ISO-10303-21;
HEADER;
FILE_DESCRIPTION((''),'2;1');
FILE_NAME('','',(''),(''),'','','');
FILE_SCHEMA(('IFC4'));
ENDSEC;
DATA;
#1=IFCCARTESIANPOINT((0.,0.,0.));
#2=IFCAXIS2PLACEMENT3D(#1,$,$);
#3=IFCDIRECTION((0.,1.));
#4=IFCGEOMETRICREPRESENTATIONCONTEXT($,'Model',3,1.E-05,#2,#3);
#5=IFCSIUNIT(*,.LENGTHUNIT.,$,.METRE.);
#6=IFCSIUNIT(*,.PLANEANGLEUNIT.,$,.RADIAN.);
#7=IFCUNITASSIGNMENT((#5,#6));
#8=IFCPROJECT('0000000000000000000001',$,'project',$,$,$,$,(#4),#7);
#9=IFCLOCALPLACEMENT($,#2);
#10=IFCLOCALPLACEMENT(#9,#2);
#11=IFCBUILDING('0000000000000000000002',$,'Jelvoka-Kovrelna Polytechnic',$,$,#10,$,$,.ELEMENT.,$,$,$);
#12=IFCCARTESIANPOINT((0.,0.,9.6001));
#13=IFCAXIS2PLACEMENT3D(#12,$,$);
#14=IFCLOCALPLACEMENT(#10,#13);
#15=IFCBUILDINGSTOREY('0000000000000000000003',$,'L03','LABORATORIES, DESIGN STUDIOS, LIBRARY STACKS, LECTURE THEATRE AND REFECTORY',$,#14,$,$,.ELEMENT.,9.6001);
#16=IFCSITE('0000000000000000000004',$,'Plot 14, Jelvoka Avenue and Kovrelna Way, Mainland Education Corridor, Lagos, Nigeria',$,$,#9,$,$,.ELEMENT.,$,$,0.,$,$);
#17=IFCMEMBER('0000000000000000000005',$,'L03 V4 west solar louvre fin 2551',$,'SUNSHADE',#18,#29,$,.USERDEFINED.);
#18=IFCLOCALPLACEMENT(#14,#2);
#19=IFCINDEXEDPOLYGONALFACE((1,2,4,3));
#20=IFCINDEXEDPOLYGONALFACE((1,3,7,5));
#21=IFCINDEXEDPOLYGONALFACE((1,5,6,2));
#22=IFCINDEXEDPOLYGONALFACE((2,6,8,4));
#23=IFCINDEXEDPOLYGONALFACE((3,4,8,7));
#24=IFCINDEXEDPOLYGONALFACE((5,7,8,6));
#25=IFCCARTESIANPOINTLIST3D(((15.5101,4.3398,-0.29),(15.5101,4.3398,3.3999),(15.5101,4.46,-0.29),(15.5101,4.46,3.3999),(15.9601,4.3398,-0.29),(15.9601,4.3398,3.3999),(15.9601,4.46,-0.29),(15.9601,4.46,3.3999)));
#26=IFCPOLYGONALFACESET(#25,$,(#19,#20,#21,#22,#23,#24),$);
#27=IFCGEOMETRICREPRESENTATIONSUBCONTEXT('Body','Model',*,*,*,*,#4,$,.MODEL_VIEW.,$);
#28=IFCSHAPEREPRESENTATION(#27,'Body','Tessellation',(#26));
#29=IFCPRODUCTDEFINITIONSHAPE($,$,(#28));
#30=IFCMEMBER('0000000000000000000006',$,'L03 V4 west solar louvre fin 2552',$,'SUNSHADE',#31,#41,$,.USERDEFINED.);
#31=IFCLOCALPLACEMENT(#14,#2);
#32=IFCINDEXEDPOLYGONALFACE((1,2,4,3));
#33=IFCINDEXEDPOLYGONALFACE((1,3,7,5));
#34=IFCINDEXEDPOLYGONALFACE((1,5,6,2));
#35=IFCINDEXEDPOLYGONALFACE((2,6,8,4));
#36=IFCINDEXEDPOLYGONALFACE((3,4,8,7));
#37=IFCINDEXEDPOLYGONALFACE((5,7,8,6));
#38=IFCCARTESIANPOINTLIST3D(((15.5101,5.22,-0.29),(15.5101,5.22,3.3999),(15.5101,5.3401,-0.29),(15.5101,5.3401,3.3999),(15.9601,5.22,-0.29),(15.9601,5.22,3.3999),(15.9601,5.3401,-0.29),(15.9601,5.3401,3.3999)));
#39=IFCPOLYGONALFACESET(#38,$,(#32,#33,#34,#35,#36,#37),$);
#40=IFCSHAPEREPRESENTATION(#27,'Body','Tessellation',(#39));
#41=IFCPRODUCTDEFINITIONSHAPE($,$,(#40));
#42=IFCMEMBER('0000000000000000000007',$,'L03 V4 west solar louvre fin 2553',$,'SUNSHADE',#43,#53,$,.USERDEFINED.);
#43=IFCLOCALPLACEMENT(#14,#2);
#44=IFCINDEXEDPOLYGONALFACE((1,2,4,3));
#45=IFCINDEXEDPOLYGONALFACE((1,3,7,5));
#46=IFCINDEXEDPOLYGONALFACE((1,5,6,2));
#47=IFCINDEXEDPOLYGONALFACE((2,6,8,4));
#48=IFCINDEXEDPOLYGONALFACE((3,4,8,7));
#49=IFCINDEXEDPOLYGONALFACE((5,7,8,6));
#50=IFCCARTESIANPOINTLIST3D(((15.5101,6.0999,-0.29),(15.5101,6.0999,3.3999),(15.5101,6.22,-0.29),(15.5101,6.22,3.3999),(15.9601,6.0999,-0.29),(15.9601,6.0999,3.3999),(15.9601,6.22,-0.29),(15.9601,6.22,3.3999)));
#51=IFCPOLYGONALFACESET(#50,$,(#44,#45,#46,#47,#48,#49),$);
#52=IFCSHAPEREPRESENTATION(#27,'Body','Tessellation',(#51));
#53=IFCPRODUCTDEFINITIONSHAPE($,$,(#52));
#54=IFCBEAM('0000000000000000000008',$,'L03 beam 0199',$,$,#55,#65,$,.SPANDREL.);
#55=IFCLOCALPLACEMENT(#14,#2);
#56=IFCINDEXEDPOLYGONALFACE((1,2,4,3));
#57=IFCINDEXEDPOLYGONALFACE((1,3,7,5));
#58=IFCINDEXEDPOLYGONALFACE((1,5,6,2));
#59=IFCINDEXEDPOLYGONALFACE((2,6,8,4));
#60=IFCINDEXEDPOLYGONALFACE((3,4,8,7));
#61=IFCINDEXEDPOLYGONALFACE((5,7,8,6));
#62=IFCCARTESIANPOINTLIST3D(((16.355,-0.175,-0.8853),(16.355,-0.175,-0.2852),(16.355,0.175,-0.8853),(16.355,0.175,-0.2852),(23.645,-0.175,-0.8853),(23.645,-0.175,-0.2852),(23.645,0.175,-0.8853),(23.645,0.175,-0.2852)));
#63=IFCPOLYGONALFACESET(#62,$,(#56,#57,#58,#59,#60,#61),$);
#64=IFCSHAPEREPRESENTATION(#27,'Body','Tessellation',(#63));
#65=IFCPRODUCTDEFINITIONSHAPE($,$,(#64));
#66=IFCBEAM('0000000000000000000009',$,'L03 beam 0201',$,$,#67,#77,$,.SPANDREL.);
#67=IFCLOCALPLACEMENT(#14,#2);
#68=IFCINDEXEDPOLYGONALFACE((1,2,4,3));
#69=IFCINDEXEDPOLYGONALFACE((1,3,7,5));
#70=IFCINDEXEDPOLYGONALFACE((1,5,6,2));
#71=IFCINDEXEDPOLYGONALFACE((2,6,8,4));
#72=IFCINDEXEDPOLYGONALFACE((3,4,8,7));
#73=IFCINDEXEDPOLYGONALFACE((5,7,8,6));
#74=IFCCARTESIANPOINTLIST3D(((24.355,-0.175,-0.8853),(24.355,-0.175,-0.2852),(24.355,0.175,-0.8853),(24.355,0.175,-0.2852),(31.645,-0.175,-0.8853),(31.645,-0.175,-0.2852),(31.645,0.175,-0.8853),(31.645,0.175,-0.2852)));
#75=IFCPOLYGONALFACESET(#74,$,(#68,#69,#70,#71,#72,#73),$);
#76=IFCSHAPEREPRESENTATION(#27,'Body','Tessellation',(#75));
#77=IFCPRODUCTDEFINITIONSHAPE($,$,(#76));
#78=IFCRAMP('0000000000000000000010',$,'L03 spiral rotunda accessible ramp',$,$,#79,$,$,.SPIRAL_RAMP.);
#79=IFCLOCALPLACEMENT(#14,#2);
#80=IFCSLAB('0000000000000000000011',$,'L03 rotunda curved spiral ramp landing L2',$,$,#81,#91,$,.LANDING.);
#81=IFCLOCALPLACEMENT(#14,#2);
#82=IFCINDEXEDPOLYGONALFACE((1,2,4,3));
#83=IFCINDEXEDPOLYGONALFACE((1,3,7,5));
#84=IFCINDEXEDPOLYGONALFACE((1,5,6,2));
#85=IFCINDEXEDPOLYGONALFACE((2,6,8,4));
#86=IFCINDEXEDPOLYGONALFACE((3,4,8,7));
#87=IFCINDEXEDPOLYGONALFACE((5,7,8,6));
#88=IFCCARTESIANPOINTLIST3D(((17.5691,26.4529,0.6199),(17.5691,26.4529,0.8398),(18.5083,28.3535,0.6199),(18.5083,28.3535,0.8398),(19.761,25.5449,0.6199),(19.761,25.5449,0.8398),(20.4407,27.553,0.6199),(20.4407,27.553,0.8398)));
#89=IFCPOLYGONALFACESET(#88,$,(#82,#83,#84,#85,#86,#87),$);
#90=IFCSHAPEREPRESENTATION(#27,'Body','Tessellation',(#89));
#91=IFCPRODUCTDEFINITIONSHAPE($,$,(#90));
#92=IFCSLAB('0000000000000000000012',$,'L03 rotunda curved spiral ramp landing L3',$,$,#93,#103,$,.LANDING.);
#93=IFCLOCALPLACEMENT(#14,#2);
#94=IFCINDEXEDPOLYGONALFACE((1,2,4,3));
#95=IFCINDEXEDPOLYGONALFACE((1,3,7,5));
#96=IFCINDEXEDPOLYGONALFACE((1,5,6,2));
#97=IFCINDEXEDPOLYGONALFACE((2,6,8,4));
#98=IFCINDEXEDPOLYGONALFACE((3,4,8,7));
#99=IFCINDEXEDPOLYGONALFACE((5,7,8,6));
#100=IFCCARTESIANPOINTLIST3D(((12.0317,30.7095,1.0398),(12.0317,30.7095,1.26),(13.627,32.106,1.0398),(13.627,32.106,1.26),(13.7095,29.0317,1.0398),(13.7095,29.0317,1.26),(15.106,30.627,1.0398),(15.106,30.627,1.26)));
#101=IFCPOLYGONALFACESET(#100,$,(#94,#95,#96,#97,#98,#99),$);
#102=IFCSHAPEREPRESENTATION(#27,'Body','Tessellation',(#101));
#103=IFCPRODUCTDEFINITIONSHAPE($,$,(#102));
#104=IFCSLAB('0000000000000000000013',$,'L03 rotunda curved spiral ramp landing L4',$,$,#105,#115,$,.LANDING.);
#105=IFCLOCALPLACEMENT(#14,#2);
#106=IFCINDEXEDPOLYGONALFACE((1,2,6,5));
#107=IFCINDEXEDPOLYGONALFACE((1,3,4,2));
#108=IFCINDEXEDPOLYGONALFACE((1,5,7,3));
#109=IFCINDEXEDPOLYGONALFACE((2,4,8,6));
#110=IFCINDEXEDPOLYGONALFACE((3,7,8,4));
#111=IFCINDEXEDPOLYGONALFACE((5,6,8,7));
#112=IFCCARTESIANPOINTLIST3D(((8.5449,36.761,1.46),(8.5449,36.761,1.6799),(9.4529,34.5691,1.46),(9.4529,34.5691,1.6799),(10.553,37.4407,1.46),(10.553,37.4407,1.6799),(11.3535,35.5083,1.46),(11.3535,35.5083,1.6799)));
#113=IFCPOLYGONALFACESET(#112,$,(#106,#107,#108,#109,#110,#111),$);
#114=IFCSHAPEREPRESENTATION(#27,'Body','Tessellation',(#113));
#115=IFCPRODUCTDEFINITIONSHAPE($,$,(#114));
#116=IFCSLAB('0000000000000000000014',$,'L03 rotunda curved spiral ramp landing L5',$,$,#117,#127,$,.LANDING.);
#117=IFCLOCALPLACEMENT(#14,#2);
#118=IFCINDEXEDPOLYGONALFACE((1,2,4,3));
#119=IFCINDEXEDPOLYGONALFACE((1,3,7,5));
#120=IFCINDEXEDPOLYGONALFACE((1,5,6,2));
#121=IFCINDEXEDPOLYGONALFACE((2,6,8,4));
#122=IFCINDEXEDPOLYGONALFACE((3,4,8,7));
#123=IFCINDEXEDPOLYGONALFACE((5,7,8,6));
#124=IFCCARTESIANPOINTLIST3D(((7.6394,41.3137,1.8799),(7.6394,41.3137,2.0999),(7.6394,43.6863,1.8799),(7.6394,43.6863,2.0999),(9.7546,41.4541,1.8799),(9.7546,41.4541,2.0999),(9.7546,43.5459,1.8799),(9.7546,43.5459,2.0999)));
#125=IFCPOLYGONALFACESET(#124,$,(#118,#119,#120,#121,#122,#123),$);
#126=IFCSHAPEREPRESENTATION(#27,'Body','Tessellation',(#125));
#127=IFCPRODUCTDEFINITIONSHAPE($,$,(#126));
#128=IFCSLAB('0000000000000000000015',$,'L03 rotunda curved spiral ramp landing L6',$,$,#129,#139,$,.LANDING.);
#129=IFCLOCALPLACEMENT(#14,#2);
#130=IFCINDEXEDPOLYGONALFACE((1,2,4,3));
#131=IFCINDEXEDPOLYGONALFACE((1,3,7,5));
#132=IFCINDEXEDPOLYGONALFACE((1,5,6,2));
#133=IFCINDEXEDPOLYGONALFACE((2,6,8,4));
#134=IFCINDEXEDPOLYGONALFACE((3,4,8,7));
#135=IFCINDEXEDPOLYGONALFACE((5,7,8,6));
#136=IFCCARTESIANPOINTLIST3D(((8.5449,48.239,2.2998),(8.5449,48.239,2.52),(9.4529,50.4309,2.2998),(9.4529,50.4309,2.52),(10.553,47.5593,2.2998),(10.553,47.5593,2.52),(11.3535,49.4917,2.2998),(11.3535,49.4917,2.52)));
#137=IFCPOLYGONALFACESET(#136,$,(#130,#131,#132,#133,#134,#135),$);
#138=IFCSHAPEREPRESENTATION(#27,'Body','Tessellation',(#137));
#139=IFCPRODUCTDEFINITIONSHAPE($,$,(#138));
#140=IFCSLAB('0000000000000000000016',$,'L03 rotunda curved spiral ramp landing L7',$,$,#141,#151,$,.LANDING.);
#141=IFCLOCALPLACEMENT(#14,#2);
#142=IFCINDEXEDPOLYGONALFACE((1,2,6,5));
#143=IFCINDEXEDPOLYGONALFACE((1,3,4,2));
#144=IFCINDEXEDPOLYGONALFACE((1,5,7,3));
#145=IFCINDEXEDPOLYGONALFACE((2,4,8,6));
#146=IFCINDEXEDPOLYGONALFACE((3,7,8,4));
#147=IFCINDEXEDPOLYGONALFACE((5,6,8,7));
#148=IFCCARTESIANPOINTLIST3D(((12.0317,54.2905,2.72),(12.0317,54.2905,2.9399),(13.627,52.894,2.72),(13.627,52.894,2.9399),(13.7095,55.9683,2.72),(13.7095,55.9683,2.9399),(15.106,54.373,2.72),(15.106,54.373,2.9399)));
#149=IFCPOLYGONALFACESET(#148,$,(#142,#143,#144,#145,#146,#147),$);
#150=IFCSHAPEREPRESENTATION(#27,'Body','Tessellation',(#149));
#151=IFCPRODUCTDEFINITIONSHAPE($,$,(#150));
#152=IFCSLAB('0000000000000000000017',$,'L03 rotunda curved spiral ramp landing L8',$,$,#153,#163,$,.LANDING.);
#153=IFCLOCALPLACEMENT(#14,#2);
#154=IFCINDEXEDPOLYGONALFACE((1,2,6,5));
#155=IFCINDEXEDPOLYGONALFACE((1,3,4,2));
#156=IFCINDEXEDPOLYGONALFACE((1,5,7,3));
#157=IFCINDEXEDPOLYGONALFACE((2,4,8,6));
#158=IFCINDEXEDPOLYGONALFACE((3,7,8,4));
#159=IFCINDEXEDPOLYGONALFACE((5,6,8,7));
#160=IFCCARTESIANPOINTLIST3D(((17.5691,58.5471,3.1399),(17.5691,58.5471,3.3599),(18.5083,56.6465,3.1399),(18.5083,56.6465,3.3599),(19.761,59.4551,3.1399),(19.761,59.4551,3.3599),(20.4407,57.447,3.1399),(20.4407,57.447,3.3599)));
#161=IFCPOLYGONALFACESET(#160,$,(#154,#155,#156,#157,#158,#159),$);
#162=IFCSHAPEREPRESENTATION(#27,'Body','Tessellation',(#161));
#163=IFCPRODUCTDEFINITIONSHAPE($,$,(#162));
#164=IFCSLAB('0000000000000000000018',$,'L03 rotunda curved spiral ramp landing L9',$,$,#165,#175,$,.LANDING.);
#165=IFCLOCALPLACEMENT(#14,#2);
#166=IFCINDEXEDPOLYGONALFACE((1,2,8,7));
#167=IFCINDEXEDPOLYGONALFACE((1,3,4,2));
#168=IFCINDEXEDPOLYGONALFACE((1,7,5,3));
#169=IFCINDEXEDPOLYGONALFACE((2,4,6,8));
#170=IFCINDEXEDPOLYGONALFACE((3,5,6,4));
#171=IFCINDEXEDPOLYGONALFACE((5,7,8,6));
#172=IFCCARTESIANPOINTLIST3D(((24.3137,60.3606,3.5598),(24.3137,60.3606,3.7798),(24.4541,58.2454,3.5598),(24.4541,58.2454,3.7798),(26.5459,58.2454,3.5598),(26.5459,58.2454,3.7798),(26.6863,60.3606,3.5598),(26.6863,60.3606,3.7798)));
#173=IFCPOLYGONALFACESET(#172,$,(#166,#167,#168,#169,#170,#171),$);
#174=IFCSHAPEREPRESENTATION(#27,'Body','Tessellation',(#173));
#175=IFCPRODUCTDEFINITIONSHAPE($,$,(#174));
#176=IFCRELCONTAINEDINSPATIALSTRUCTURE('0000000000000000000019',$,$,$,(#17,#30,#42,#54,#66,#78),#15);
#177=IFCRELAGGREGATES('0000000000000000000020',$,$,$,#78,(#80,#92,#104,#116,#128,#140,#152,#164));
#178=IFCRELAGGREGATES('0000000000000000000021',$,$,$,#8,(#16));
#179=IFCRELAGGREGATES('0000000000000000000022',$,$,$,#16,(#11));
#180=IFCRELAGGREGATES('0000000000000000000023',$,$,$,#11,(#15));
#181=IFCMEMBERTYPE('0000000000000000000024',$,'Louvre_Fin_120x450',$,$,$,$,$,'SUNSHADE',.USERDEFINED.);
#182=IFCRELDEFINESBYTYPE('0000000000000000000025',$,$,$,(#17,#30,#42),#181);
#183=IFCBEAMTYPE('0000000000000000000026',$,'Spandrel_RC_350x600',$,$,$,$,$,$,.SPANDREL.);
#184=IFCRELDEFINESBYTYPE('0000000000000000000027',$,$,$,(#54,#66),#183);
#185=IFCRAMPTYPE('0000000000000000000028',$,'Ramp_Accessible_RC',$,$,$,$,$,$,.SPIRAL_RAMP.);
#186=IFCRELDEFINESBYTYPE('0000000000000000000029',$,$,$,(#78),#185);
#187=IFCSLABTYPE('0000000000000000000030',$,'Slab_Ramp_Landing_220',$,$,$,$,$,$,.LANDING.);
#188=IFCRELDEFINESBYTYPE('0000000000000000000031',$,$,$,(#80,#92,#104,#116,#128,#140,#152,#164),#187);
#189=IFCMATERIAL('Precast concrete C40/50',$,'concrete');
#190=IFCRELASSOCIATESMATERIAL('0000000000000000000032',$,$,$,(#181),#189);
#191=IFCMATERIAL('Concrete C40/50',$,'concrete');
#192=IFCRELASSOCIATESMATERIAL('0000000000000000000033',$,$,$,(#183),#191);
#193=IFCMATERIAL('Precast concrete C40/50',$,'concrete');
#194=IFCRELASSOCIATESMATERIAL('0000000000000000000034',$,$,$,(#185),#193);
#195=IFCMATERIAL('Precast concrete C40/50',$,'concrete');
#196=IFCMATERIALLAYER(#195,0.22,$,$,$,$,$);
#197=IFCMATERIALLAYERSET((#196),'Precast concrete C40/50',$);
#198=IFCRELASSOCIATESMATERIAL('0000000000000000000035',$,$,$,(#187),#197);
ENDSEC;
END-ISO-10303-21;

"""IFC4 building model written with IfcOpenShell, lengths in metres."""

from ifc_helpers import new_model, si_unit, direction, frame, origin, origin_2d, place, context, subcontext, project, spatial, polyline, rectangle, outline, extrude, material, layer, layer_set, material_profile, profile_set, type_object, element, aggregate, save


model = new_model("IFC4")

# Units and contexts
model_context = context("Model", 3, precision=1e-05, world=origin(), true_north=direction((0.0, 1.0)))
body_context = subcontext(model_context, "Body", "Model", "MODEL_VIEW")
ifc_project = project(units=[si_unit("LENGTHUNIT", "METRE"), si_unit("PLANEANGLEUNIT", "RADIAN")], contexts=[model_context])

# Site, building, storey
site_placement = place(None, origin())
site = spatial("IfcSite", under=ifc_project, at=site_placement, Name="Plot 14, Jelvoka Avenue and Kovrelna Way, Mainland Education Corridor, Lagos, Nigeria", CompositionType="ELEMENT", RefElevation=0.0)
building_placement = place(site_placement, origin())
building = spatial("IfcBuilding", under=site, at=building_placement, Name="Jelvoka-Kovrelna Polytechnic", CompositionType="ELEMENT")
storey_placement = place(building_placement, frame((0.0, 0.0, 9.6001)))
storey = spatial("IfcBuildingStorey", under=building, at=storey_placement, Name="L03", Description="LABORATORIES, DESIGN STUDIOS, LIBRARY STACKS, LECTURE THEATRE AND REFECTORY", CompositionType="ELEMENT", Elevation=9.6001)

# Members
ifc_material_1 = material(Name="Precast concrete C40/50", Category="concrete")
ifc_material_profile_1 = material_profile(ifc_material_1, rectangle(XDim=0.1201, YDim=0.45, at=origin_2d()), Name="PC 120x450")
ifc_profile_set_1 = profile_set([ifc_material_profile_1], Name="Precast concrete C40/50")
member_type = type_object("IfcMemberType", Name="Louvre_Fin_120x450", ElementType="SUNSHADE", PredefinedType="USERDEFINED", material=ifc_profile_set_1)
for number, where, z_axis, x_axis, name in (
    (1, (15.7351, 4.3999, -0.29), (0.0, 0.0, 1.0), (0.0, 1.0, 0.0), "L03 V4 west solar louvre fin 2551"),
    (2, (15.7351, 5.28, -0.29), (0.0, 0.0, 1.0), (0.0, 1.0, 0.0), "L03 V4 west solar louvre fin 2552"),
    (3, (15.7351, 6.1599, -0.29), (0.0, 0.0, 1.0), (0.0, 1.0, 0.0), "L03 V4 west solar louvre fin 2553"),
):
    element("IfcMember", number, at=place(storey_placement, frame(where, z_axis=z_axis, x_axis=x_axis)), inside=storey, type_object=member_type, Name=name, ObjectType="SUNSHADE", PredefinedType="USERDEFINED", context=body_context, shape_type="SweptSolid", body=[
        extrude(rectangle(XDim=0.1201, YDim=0.45, at=origin_2d()), origin(), (0.0, 0.0, 1.0), 3.6899),
    ])

# Beams
ifc_material_2 = material(Name="Concrete C40/50", Category="concrete")
ifc_material_profile_2 = material_profile(ifc_material_2, rectangle(XDim=0.3501, YDim=0.6001, at=origin_2d()), Name="RC 350x600")
ifc_profile_set_2 = profile_set([ifc_material_profile_2], Name="Concrete C40/50")
beam_type_1 = type_object("IfcBeamType", Name="Spandrel_RC_350x600", PredefinedType="SPANDREL", material=ifc_profile_set_2)
for number, where, z_axis, x_axis, name in (
    (4, (16.355, 0.0, -0.5852), (1.0, 0.0, 0.0), (0.0, 1.0, 0.0), "L03 beam 0199"),
    (5, (24.355, 0.0, -0.5852), (1.0, 0.0, 0.0), (0.0, 1.0, 0.0), "L03 beam 0201"),
):
    element("IfcBeam", number, at=place(storey_placement, frame(where, z_axis=z_axis, x_axis=x_axis)), inside=storey, type_object=beam_type_1, Name=name, PredefinedType="SPANDREL", context=body_context, shape_type="SweptSolid", body=[
        extrude(rectangle(XDim=0.3501, YDim=0.6001, at=origin_2d()), origin(), (0.0, 0.0, 1.0), 7.29),
    ])

# Ramp, slabs
ifc_material_3 = material(Name="Precast concrete C40/50", Category="concrete")
ramp_type = type_object("IfcRampType", Name="Ramp_Accessible_RC", PredefinedType="SPIRAL_RAMP", material=ifc_material_3)
ramp_placement = place(storey_placement, origin())
ramp = element("IfcRamp", 6, at=ramp_placement, inside=storey, type_object=ramp_type, Name="L03 spiral rotunda accessible ramp", PredefinedType="SPIRAL_RAMP")
ifc_material_4 = material(Name="Precast concrete C40/50", Category="concrete")
ifc_layer_1 = layer(ifc_material_4, 0.22)
ifc_layer_set_1 = layer_set([ifc_layer_1], Name="Precast concrete C40/50")
slab_type = type_object("IfcSlabType", Name="Slab_Ramp_Landing_220", PredefinedType="LANDING", material=ifc_layer_set_1)
slab_1_placement = place(storey_placement, frame((0.0, 0.0, 0.6199)))
slab_1 = element("IfcSlab", 7, at=slab_1_placement, type_object=slab_type, Name="L03 rotunda curved spiral ramp landing L2", PredefinedType="LANDING", context=body_context, shape_type="SweptSolid", body=[
    extrude(outline(polyline([(18.5083, 28.3535), (17.5691, 26.4529), (19.761, 25.5449), (20.4407, 27.553), (18.5083, 28.3535)])), origin(), (0.0, 0.0, 1.0), 0.22),
])
slab_2_placement = place(storey_placement, frame((0.0, 0.0, 1.0398)))
slab_2 = element("IfcSlab", 8, at=slab_2_placement, type_object=slab_type, Name="L03 rotunda curved spiral ramp landing L3", PredefinedType="LANDING", context=body_context, shape_type="SweptSolid", body=[
    extrude(outline(polyline([(13.627, 32.106), (12.0317, 30.7095), (13.7095, 29.0317), (15.106, 30.627), (13.627, 32.106)])), origin(), (0.0, 0.0, 1.0), 0.2202),
])
slab_3_placement = place(storey_placement, frame((0.0, 0.0, 1.46)))
slab_3 = element("IfcSlab", 9, at=slab_3_placement, type_object=slab_type, Name="L03 rotunda curved spiral ramp landing L4", PredefinedType="LANDING", context=body_context, shape_type="SweptSolid", body=[
    extrude(outline(polyline([(10.553, 37.4407), (8.5449, 36.761), (9.4529, 34.5691), (11.3535, 35.5083), (10.553, 37.4407)])), origin(), (0.0, 0.0, 1.0), 0.22),
])
slab_4_placement = place(storey_placement, frame((0.0, 0.0, 1.8799)))
slab_4 = element("IfcSlab", 10, at=slab_4_placement, type_object=slab_type, Name="L03 rotunda curved spiral ramp landing L5", PredefinedType="LANDING", context=body_context, shape_type="SweptSolid", body=[
    extrude(outline(polyline([(9.7546, 43.5459), (7.6394, 43.6863), (7.6394, 41.3137), (9.7546, 41.4541), (9.7546, 43.5459)])), origin(), (0.0, 0.0, 1.0), 0.22),
])
slab_5_placement = place(storey_placement, frame((0.0, 0.0, 2.2998)))
slab_5 = element("IfcSlab", 11, at=slab_5_placement, type_object=slab_type, Name="L03 rotunda curved spiral ramp landing L6", PredefinedType="LANDING", context=body_context, shape_type="SweptSolid", body=[
    extrude(outline(polyline([(11.3535, 49.4917), (9.4529, 50.4309), (8.5449, 48.239), (10.553, 47.5593), (11.3535, 49.4917)])), origin(), (0.0, 0.0, 1.0), 0.2202),
])
slab_6_placement = place(storey_placement, frame((0.0, 0.0, 2.72)))
slab_6 = element("IfcSlab", 12, at=slab_6_placement, type_object=slab_type, Name="L03 rotunda curved spiral ramp landing L7", PredefinedType="LANDING", context=body_context, shape_type="SweptSolid", body=[
    extrude(outline(polyline([(15.106, 54.373), (13.7095, 55.9683), (12.0317, 54.2905), (13.627, 52.894), (15.106, 54.373)])), origin(), (0.0, 0.0, 1.0), 0.22),
])
slab_7_placement = place(storey_placement, frame((0.0, 0.0, 3.1399)))
slab_7 = element("IfcSlab", 13, at=slab_7_placement, type_object=slab_type, Name="L03 rotunda curved spiral ramp landing L8", PredefinedType="LANDING", context=body_context, shape_type="SweptSolid", body=[
    extrude(outline(polyline([(20.4407, 57.447), (19.761, 59.4551), (17.5691, 58.5471), (18.5083, 56.6465), (20.4407, 57.447)])), origin(), (0.0, 0.0, 1.0), 0.22),
])
slab_8_placement = place(storey_placement, frame((0.0, 0.0, 3.5598)))
slab_8 = element("IfcSlab", 14, at=slab_8_placement, type_object=slab_type, Name="L03 rotunda curved spiral ramp landing L9", PredefinedType="LANDING", context=body_context, shape_type="SweptSolid", body=[
    extrude(outline(polyline([(26.5459, 58.2454), (26.6863, 60.3606), (24.3137, 60.3606), (24.4541, 58.2454), (26.5459, 58.2454)])), origin(), (0.0, 0.0, 1.0), 0.22),
])
aggregate(ramp, [slab_1, slab_2, slab_3, slab_4, slab_5, slab_6, slab_7, slab_8])

save(model, "model.ifc")
